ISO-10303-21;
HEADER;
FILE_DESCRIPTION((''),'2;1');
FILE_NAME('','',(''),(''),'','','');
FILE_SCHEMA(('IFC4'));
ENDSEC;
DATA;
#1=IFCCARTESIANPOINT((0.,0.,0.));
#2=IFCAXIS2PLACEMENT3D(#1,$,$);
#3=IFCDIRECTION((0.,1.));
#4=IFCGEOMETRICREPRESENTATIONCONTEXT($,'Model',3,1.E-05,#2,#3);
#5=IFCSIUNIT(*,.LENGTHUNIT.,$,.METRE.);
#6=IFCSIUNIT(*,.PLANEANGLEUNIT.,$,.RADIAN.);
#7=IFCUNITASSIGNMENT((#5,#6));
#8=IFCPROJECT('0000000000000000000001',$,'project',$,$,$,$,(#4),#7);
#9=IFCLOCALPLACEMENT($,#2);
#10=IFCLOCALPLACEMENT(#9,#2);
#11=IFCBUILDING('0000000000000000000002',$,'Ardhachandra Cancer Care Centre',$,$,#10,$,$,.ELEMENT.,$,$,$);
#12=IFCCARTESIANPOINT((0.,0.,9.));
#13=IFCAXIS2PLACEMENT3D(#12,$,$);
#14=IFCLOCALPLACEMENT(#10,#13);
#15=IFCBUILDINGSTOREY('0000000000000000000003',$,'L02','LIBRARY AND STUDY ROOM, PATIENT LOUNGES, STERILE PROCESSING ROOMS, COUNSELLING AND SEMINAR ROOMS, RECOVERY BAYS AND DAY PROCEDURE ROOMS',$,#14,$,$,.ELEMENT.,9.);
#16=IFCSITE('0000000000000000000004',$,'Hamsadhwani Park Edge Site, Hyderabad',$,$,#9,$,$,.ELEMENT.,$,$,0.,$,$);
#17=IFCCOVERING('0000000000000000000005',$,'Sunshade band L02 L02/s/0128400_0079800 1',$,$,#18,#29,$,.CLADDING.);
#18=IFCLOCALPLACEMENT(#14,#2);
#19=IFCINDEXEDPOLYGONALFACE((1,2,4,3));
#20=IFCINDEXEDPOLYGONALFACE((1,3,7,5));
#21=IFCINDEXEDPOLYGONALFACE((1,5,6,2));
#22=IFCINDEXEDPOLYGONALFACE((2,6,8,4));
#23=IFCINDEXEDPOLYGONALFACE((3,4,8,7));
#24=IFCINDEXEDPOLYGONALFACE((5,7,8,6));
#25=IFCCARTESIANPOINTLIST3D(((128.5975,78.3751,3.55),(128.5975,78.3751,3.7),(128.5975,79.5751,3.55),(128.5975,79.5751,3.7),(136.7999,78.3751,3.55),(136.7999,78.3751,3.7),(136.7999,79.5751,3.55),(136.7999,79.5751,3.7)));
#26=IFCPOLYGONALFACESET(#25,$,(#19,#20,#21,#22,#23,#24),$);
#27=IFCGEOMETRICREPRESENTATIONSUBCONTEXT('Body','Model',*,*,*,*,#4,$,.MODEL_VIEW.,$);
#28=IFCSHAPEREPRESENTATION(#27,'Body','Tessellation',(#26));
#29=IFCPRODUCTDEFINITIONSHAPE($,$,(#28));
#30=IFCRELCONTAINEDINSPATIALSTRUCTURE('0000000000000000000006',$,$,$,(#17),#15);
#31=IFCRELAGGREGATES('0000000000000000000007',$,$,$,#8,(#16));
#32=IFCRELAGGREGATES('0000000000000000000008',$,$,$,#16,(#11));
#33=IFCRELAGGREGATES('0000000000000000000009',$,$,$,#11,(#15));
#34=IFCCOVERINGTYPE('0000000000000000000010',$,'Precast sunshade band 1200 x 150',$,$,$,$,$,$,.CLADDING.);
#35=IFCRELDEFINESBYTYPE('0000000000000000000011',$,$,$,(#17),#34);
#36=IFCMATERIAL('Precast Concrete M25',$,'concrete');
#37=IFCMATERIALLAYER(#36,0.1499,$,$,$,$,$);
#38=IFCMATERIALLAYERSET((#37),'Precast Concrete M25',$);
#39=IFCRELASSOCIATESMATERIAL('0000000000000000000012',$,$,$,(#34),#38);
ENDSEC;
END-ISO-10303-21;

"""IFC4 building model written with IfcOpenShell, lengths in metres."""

from ifc_helpers import new_model, si_unit, direction, frame, origin, origin_2d, place, context, subcontext, project, spatial, rectangle, extrude, material, layer, layer_set, type_object, element, save


model = new_model("IFC4")

# Units and contexts
model_context = context("Model", 3, precision=1e-05, world=origin(), true_north=direction((0.0, 1.0)))
body_context = subcontext(model_context, "Body", "Model", "MODEL_VIEW")
ifc_project = project(units=[si_unit("LENGTHUNIT", "METRE"), si_unit("PLANEANGLEUNIT", "RADIAN")], contexts=[model_context])

# Site, building, storey
site_placement = place(None, origin())
site = spatial("IfcSite", under=ifc_project, at=site_placement, Name="Hamsadhwani Park Edge Site, Hyderabad", CompositionType="ELEMENT", RefElevation=0.0)
building_placement = place(site_placement, origin())
building = spatial("IfcBuilding", under=site, at=building_placement, Name="Ardhachandra Cancer Care Centre", CompositionType="ELEMENT")
storey_placement = place(building_placement, frame((0.0, 0.0, 9.0)))
storey = spatial("IfcBuildingStorey", under=building, at=storey_placement, Name="L02", Description="LIBRARY AND STUDY ROOM, PATIENT LOUNGES, STERILE PROCESSING ROOMS, COUNSELLING AND SEMINAR ROOMS, RECOVERY BAYS AND DAY PROCEDURE ROOMS", CompositionType="ELEMENT", Elevation=9.0)

# Covering
ifc_material_1 = material(Name="Precast Concrete M25", Category="concrete")
ifc_layer_1 = layer(ifc_material_1, 0.1499)
ifc_layer_set_1 = layer_set([ifc_layer_1], Name="Precast Concrete M25")
covering_type_1 = type_object("IfcCoveringType", Name="Precast sunshade band 1200 x 150", PredefinedType="CLADDING", material=ifc_layer_set_1)
covering_1_placement = place(storey_placement, frame((132.6987, 78.9751, 3.55), z_axis=(0.0, 0.0, 1.0), x_axis=(1.0, 0.0, 0.0)))
element("IfcCovering", 1, at=covering_1_placement, inside=storey, type_object=covering_type_1, Name="Sunshade band L02 L02/s/0128400_0079800 1", PredefinedType="CLADDING", context=body_context, shape_type="SweptSolid", body=[
    extrude(rectangle(XDim=8.2024, YDim=1.2, at=origin_2d()), origin(), (0.0, 0.0, 1.0), 0.1499),
])

save(model, "model.ifc")
